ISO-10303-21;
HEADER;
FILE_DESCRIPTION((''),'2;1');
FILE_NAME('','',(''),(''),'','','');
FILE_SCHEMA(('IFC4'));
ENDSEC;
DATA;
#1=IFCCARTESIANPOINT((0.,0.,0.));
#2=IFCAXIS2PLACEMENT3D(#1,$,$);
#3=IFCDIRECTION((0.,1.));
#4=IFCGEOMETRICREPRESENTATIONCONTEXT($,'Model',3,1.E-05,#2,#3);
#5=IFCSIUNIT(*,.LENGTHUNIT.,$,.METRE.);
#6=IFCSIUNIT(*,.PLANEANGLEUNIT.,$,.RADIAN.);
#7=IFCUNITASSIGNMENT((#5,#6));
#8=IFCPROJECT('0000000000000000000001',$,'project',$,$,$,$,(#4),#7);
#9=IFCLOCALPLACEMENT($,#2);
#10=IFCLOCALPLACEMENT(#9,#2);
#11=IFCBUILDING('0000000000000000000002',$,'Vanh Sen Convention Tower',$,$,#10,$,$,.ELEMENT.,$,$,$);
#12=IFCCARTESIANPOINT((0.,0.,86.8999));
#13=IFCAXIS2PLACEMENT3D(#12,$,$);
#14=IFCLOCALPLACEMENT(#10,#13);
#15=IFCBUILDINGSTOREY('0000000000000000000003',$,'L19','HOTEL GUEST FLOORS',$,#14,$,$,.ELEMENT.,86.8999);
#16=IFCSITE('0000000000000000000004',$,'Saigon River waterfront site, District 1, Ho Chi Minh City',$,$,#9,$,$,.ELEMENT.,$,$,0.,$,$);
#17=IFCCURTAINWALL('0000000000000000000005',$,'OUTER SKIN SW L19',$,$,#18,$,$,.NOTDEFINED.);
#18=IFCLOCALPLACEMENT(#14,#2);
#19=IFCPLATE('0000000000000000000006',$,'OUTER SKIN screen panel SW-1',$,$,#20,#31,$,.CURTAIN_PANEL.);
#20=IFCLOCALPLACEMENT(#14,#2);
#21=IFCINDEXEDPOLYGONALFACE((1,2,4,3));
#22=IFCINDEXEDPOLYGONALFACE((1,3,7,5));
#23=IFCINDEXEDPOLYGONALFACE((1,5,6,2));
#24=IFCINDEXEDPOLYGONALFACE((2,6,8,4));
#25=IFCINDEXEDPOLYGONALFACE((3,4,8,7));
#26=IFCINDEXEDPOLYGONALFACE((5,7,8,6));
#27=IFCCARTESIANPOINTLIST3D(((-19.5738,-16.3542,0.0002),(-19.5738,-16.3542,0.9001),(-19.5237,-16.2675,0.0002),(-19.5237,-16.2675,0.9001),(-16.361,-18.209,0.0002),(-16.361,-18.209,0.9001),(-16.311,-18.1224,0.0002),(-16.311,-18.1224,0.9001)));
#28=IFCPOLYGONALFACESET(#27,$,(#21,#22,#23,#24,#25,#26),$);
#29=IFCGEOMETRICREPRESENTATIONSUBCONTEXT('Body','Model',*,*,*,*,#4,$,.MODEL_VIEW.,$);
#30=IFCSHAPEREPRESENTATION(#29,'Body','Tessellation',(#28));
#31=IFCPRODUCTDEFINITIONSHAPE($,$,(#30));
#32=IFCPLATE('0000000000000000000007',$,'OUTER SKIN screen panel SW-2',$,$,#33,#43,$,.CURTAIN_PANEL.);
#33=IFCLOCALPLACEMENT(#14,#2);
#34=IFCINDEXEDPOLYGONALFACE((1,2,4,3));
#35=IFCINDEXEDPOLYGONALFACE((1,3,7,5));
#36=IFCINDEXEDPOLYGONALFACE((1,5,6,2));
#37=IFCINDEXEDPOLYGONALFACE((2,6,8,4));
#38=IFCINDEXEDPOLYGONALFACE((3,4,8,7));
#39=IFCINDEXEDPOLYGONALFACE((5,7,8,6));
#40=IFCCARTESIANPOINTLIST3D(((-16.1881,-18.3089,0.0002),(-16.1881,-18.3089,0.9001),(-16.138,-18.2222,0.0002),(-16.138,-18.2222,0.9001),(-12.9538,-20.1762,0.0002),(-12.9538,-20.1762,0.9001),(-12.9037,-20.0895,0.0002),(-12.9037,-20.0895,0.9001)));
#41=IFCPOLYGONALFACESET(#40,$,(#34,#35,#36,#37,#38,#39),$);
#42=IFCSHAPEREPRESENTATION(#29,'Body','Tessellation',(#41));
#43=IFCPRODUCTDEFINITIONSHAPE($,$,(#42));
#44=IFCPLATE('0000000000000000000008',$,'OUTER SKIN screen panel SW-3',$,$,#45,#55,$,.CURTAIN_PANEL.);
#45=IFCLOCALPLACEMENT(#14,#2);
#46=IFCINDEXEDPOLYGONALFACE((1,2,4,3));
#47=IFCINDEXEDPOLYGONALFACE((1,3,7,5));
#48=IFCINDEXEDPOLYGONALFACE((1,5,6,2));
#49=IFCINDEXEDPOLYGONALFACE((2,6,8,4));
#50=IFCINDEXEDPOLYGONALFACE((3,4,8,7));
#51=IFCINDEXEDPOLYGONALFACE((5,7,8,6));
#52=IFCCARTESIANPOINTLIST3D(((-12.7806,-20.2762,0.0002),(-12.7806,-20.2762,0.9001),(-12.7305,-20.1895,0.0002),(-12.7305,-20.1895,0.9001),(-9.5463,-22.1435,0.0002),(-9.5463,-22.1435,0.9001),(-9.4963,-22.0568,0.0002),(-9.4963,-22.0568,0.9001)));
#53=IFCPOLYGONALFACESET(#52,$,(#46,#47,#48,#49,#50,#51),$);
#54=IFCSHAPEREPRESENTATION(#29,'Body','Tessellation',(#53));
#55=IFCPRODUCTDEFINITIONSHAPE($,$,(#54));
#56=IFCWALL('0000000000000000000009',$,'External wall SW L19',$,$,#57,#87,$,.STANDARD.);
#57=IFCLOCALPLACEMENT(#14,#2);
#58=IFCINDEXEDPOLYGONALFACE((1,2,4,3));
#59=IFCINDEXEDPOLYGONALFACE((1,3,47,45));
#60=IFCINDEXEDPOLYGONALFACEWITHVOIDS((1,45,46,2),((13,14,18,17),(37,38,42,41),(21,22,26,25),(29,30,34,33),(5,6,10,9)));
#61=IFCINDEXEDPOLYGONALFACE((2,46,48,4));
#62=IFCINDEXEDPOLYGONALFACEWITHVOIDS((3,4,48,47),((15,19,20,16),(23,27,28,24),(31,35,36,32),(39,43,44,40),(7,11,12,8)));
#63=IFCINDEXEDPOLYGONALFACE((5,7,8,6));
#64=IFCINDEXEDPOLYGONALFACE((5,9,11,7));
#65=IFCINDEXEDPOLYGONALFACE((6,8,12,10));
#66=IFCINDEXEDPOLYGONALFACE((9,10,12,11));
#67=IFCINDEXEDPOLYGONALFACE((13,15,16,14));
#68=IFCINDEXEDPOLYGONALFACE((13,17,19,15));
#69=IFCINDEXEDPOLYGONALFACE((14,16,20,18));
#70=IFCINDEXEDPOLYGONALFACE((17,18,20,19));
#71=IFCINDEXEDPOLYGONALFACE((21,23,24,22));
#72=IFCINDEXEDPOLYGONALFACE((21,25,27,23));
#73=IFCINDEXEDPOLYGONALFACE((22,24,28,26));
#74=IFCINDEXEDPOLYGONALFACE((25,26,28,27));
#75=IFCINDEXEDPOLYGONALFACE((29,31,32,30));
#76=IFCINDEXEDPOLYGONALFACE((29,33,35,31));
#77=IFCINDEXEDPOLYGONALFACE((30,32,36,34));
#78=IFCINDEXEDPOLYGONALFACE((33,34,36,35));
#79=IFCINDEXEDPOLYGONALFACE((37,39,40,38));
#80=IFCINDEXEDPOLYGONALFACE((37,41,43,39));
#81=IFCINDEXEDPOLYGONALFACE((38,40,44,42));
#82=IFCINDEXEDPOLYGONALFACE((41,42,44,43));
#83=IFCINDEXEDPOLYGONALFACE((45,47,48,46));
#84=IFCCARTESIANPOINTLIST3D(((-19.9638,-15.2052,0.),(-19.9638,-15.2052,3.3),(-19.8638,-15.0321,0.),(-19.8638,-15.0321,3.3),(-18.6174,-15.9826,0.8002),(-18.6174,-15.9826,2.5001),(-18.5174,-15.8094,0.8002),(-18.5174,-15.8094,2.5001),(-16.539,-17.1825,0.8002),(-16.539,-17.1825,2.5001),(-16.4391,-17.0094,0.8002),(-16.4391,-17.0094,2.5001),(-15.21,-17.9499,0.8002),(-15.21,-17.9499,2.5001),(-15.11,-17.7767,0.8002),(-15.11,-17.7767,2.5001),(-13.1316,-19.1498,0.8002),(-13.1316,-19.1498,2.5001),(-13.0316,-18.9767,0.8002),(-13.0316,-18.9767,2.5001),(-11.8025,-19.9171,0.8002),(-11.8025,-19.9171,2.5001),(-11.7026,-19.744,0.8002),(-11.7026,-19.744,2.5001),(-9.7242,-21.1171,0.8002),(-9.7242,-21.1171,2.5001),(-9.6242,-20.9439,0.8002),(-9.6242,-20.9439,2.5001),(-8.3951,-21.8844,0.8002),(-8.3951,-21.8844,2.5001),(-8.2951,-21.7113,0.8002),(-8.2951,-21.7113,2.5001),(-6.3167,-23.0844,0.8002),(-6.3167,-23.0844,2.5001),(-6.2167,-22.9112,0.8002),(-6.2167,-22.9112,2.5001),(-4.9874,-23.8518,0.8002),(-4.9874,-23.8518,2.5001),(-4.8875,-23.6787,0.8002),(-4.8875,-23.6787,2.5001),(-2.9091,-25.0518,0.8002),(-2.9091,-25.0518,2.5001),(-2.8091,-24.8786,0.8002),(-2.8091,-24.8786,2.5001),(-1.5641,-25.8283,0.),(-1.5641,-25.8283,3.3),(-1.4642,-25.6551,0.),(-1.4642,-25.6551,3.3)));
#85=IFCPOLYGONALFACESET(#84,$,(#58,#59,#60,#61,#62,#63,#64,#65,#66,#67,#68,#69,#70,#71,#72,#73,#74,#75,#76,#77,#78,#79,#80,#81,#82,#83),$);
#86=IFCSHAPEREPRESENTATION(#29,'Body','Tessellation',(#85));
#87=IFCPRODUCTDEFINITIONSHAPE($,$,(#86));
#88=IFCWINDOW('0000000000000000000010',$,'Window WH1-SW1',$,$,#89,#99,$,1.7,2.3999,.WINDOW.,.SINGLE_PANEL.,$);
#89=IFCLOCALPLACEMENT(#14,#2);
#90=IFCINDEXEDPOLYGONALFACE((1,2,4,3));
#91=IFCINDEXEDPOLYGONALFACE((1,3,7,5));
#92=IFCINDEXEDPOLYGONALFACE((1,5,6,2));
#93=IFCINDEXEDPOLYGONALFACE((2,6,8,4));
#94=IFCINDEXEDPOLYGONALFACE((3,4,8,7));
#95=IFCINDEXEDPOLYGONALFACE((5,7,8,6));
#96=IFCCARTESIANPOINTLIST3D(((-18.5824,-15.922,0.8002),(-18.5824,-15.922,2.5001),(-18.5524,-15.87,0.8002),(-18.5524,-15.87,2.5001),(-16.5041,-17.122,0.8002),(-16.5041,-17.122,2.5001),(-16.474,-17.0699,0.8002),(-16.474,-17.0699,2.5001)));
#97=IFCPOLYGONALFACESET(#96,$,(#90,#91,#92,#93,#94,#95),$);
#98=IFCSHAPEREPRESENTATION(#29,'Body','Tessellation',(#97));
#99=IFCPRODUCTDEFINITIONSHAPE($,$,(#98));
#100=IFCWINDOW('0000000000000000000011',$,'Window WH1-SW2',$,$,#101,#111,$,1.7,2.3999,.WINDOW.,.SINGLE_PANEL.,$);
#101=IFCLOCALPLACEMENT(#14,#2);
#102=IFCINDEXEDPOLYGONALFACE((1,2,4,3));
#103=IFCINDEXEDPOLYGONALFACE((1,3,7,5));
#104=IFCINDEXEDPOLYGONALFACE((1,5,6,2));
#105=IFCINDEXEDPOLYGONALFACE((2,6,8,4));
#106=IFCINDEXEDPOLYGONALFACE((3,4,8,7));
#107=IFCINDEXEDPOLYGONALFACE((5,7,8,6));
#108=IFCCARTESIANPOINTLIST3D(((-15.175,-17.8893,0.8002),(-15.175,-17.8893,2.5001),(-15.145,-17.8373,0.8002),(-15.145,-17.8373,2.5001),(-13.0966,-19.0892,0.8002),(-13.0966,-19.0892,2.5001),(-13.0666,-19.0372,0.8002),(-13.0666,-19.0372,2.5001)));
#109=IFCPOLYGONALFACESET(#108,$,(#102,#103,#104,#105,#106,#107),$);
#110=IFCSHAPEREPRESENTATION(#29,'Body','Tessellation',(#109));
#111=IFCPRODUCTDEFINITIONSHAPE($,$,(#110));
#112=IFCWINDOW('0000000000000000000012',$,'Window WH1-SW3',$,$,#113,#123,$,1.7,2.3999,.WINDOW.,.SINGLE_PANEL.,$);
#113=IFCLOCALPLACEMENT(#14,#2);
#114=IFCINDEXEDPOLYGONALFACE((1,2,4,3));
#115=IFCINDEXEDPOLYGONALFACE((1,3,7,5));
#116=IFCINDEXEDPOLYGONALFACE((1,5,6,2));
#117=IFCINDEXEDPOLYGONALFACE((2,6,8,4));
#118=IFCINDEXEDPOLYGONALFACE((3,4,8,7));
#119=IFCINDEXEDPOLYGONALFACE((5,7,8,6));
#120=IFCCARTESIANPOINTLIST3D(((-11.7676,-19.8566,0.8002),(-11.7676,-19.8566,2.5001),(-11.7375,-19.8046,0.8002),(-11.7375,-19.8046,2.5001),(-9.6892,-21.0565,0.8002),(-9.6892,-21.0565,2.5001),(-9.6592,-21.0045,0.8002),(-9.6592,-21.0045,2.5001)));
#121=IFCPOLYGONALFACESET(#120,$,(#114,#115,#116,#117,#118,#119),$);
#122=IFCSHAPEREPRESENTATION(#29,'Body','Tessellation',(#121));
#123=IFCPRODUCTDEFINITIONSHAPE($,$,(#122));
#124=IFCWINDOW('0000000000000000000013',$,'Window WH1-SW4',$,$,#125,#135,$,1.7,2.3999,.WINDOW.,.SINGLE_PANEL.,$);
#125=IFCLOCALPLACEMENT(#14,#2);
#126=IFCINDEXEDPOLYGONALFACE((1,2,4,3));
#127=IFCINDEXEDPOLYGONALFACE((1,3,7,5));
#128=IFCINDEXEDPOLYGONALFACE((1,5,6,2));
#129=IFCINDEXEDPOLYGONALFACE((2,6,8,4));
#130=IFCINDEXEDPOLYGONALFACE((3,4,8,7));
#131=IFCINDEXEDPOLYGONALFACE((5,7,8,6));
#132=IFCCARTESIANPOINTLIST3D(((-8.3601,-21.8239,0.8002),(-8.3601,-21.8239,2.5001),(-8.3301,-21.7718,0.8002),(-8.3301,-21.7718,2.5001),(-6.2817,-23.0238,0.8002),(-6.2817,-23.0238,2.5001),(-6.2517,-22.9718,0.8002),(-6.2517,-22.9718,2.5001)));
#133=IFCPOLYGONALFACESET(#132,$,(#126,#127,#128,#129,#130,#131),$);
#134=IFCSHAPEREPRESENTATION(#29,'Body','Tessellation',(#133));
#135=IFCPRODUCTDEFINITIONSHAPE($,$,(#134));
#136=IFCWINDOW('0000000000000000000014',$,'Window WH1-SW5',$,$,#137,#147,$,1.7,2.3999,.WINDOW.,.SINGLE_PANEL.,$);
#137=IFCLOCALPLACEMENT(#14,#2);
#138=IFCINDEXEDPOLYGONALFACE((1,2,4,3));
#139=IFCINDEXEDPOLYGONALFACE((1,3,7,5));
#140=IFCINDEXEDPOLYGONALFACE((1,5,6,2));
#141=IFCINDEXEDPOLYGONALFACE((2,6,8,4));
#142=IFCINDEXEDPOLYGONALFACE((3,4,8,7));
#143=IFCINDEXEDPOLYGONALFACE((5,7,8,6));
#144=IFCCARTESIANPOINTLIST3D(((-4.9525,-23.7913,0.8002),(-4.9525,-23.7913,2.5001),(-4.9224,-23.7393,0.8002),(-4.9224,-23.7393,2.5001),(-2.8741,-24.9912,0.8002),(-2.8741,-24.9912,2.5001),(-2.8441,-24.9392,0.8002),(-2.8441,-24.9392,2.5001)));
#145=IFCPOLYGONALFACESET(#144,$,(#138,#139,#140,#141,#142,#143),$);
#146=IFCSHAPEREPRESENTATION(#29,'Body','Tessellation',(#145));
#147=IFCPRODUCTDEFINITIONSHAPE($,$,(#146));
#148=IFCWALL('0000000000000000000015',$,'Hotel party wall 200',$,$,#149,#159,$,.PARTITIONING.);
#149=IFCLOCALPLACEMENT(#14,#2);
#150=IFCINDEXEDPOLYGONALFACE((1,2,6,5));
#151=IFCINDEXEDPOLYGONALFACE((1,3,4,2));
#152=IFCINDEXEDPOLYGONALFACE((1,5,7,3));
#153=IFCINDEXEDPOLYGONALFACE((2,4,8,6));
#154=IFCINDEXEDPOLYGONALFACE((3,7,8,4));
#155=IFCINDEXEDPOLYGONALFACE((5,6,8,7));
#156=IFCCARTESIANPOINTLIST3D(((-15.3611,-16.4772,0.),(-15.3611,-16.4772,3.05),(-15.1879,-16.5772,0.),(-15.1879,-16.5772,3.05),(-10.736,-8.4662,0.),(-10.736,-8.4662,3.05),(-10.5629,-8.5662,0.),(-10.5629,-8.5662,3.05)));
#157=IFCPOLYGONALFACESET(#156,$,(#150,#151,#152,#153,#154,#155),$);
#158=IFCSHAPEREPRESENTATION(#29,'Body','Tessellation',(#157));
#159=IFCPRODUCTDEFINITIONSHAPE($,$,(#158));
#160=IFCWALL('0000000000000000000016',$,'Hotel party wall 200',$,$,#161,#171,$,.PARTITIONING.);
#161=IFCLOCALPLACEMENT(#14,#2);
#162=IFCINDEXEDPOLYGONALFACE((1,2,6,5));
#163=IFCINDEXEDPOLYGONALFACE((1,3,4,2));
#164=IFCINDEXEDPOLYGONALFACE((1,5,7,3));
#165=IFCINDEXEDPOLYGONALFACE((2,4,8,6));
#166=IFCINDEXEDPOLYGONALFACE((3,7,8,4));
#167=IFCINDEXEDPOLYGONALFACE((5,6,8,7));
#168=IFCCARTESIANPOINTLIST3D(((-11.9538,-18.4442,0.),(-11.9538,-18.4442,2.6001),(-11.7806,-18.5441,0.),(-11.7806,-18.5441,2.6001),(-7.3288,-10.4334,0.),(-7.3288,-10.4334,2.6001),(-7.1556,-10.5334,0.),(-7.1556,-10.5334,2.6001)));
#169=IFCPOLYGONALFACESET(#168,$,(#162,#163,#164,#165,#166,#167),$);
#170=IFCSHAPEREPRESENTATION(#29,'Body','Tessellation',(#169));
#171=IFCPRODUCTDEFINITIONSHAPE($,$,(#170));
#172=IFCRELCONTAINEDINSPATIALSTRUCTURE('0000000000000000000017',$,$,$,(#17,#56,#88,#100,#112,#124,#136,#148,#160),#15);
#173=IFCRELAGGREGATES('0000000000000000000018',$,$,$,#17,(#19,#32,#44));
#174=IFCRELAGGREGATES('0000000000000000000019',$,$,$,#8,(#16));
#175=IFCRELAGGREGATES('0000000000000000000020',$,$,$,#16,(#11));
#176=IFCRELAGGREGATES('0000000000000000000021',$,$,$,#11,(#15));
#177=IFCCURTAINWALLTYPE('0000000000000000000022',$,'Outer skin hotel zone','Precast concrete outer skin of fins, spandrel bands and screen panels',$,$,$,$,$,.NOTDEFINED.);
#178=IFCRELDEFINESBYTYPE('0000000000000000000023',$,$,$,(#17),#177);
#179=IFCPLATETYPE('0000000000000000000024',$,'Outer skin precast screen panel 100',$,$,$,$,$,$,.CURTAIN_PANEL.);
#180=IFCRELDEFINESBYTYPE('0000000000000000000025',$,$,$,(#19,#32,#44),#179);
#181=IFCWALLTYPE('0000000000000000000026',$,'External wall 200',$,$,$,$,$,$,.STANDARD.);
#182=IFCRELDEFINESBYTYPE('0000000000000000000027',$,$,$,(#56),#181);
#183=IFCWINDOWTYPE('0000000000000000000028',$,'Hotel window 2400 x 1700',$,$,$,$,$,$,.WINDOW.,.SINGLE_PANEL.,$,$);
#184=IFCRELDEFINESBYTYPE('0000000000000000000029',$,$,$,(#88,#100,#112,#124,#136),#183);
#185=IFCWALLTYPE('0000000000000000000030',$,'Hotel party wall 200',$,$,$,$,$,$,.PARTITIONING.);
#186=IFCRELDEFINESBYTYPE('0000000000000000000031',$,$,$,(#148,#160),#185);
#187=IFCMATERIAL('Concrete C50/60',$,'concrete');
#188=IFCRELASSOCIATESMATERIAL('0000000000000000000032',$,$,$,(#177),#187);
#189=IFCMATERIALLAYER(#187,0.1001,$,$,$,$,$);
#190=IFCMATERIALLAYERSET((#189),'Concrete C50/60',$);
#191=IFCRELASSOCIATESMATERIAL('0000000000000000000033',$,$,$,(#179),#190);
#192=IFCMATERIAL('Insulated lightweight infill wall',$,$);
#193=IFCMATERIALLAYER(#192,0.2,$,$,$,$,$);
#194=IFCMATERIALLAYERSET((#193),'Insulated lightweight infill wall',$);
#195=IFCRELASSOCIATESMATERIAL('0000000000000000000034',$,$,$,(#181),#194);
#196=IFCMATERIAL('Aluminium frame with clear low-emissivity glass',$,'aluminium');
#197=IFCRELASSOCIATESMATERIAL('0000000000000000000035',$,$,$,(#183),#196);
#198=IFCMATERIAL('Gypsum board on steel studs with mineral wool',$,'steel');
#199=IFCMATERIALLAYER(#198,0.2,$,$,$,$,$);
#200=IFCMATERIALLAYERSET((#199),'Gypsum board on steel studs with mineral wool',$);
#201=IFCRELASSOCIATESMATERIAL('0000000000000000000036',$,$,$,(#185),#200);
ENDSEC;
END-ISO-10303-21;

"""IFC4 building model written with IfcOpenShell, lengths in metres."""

from ifc_helpers import new_model, si_unit, direction, frame, frame_2d, origin, origin_2d, place, context, subcontext, project, spatial, rectangle, extrude, material, layer, layer_set, type_object, element, fill, aggregate, save


model = new_model("IFC4")

# Units and contexts
model_context = context("Model", 3, precision=1e-05, world=origin(), true_north=direction((0.0, 1.0)))
body_context = subcontext(model_context, "Body", "Model", "MODEL_VIEW")
ifc_project = project(units=[si_unit("LENGTHUNIT", "METRE"), si_unit("PLANEANGLEUNIT", "RADIAN")], contexts=[model_context])

# Site, building, storey
site_placement = place(None, origin())
site = spatial("IfcSite", under=ifc_project, at=site_placement, Name="Saigon River waterfront site, District 1, Ho Chi Minh City", CompositionType="ELEMENT", RefElevation=0.0)
building_placement = place(site_placement, origin())
building = spatial("IfcBuilding", under=site, at=building_placement, Name="Vanh Sen Convention Tower", CompositionType="ELEMENT")
storey_placement = place(building_placement, frame((0.0, 0.0, 86.8999)))
storey = spatial("IfcBuildingStorey", under=building, at=storey_placement, Name="L19", Description="HOTEL GUEST FLOORS", CompositionType="ELEMENT", Elevation=86.8999)

# Curtain wall
ifc_material_1 = material(Name="Concrete C50/60", Category="concrete")
curtain_wall_type = type_object("IfcCurtainWallType", Name="Outer skin hotel zone", Description="Precast concrete outer skin of fins, spandrel bands and screen panels", PredefinedType="NOTDEFINED", material=ifc_material_1)
curtain_wall_1_placement = place(storey_placement, origin())
curtain_wall_1 = element("IfcCurtainWall", 1, at=curtain_wall_1_placement, inside=storey, type_object=curtain_wall_type, Name="OUTER SKIN SW L19", PredefinedType="NOTDEFINED")

# Shared definitions
ifc_layer_1 = layer(ifc_material_1, 0.1001)
ifc_layer_set_1 = layer_set([ifc_layer_1], Name="Concrete C50/60")
plate_type = type_object("IfcPlateType", Name="Outer skin precast screen panel 100", PredefinedType="CURTAIN_PANEL", material=ifc_layer_set_1)

# Plates
plate_1_placement = place(storey_placement, frame((-17.9424, -17.2383, 0.0002), z_axis=(0.0, 0.0, 1.0), x_axis=(0.866028, -0.499995, 0.0)))
plate_1 = element("IfcPlate", 2, at=plate_1_placement, type_object=plate_type, Name="OUTER SKIN screen panel SW-1", PredefinedType="CURTAIN_PANEL", context=body_context, shape_type="SweptSolid", body=[
    extrude(rectangle(XDim=3.7097, YDim=0.1001, at=origin_2d()), origin(), (0.0, 0.0, 1.0), 0.8999),
])
plate_2_placement = place(storey_placement, frame((-14.5459, -19.1992, 0.0002), z_axis=(0.0, 0.0, 1.0), x_axis=(0.866032, -0.499988, 0.0)))
plate_2 = element("IfcPlate", 3, at=plate_2_placement, type_object=plate_type, Name="OUTER SKIN screen panel SW-2", PredefinedType="CURTAIN_PANEL", context=body_context, shape_type="SweptSolid", body=[
    extrude(rectangle(XDim=3.7346, YDim=0.1001, at=origin_2d()), origin(), (0.0, 0.0, 1.0), 0.8999),
])
plate_3_placement = place(storey_placement, frame((-11.1384, -21.1665, 0.0002), z_axis=(0.0, 0.0, 1.0), x_axis=(0.866028, -0.499995, 0.0)))
plate_3 = element("IfcPlate", 4, at=plate_3_placement, type_object=plate_type, Name="OUTER SKIN screen panel SW-3", PredefinedType="CURTAIN_PANEL", context=body_context, shape_type="SweptSolid", body=[
    extrude(rectangle(XDim=3.7346, YDim=0.1001, at=origin_2d()), origin(), (0.0, 0.0, 1.0), 0.8999),
])
aggregate(curtain_wall_1, [plate_1, plate_2, plate_3])

# Wall, openings, windows
ifc_material_2 = material(Name="Insulated lightweight infill wall")
ifc_layer_2 = layer(ifc_material_2, 0.2)
ifc_layer_set_2 = layer_set([ifc_layer_2], Name="Insulated lightweight infill wall")
wall_type_1 = type_object("IfcWallType", Name="External wall 200", PredefinedType="STANDARD", material=ifc_layer_set_2)
wall_1_placement = place(storey_placement, frame((-19.9138, -15.1187, 0.0), z_axis=(0.0, 0.0, 1.0), x_axis=(0.866025, -0.5, 0.0)))
wall_1 = element("IfcWall", 5, at=wall_1_placement, inside=storey, type_object=wall_type_1, Name="External wall SW L19", PredefinedType="STANDARD", context=body_context, shape_type="SweptSolid", body=[
    extrude(rectangle(XDim=21.2461, YDim=0.2, at=frame_2d((10.623, 0.0))), origin(), (0.0, 0.0, 1.0), 3.3),
])
opening_1_placement = place(wall_1_placement, frame((1.5547, 0.0, 0.8)))
opening_1 = element("IfcOpeningElement", 6, at=opening_1_placement, cuts=wall_1, PredefinedType="OPENING", context=body_context, shape_type="SweptSolid", body=[
    extrude(rectangle(XDim=2.3999, YDim=1.7, at=frame_2d((1.2, 0.8501))), frame((0.0, 0.1099, 0.0), z_axis=(0.0, -1.0, 0.0), x_axis=(1.0, 0.0, 0.0)), (0.0, 0.0, 1.0), 0.22),
])
opening_2_placement = place(wall_1_placement, frame((5.4893, 0.0, 0.8)))
opening_2 = element("IfcOpeningElement", 7, at=opening_2_placement, cuts=wall_1, PredefinedType="OPENING", context=body_context, shape_type="SweptSolid", body=[
    extrude(rectangle(XDim=2.3999, YDim=1.7, at=frame_2d((1.2, 0.8501))), frame((0.0, 0.1099, 0.0), z_axis=(0.0, -1.0, 0.0), x_axis=(1.0, 0.0, 0.0)), (0.0, 0.0, 1.0), 0.22),
])
opening_3_placement = place(wall_1_placement, frame((9.4238, 0.0, 0.8)))
opening_3 = element("IfcOpeningElement", 8, at=opening_3_placement, cuts=wall_1, PredefinedType="OPENING", context=body_context, shape_type="SweptSolid", body=[
    extrude(rectangle(XDim=2.3999, YDim=1.7, at=frame_2d((1.2, 0.8501))), frame((0.0, 0.1099, 0.0), z_axis=(0.0, -1.0, 0.0), x_axis=(1.0, 0.0, 0.0)), (0.0, 0.0, 1.0), 0.22),
])
opening_4_placement = place(wall_1_placement, frame((13.3584, 0.0, 0.8)))
opening_4 = element("IfcOpeningElement", 9, at=opening_4_placement, cuts=wall_1, PredefinedType="OPENING", context=body_context, shape_type="SweptSolid", body=[
    extrude(rectangle(XDim=2.3999, YDim=1.7, at=frame_2d((1.2, 0.8501))), frame((0.0, 0.1099, 0.0), z_axis=(0.0, -1.0, 0.0), x_axis=(1.0, 0.0, 0.0)), (0.0, 0.0, 1.0), 0.22),
])
opening_5_placement = place(wall_1_placement, frame((17.2932, 0.0, 0.8)))
opening_5 = element("IfcOpeningElement", 10, at=opening_5_placement, cuts=wall_1, PredefinedType="OPENING", context=body_context, shape_type="SweptSolid", body=[
    extrude(rectangle(XDim=2.3999, YDim=1.7, at=frame_2d((1.2, 0.8501))), frame((0.0, 0.1099, 0.0), z_axis=(0.0, -1.0, 0.0), x_axis=(1.0, 0.0, 0.0)), (0.0, 0.0, 1.0), 0.22),
])
ifc_material_3 = material(Name="Aluminium frame with clear low-emissivity glass", Category="aluminium")
window_type = type_object("IfcWindowType", Name="Hotel window 2400 x 1700", PartitioningType="SINGLE_PANEL", PredefinedType="WINDOW", material=ifc_material_3)
window_1_placement = place(opening_1_placement, origin())
window_1 = element("IfcWindow", 11, at=window_1_placement, inside=storey, type_object=window_type, Name="Window WH1-SW1", OverallHeight=1.7, OverallWidth=2.3999, PartitioningType="SINGLE_PANEL", PredefinedType="WINDOW", context=body_context, shape_type="SweptSolid", body=[
    extrude(rectangle(XDim=2.3999, YDim=1.7, at=frame_2d((1.2, 0.8501))), frame((0.0, 0.03, 0.0), z_axis=(0.0, -1.0, 0.0), x_axis=(1.0, 0.0, 0.0)), (0.0, 0.0, 1.0), 0.0601),
])
fill(opening_1, window_1)
window_2_placement = place(opening_2_placement, origin())
window_2 = element("IfcWindow", 12, at=window_2_placement, inside=storey, type_object=window_type, Name="Window WH1-SW2", OverallHeight=1.7, OverallWidth=2.3999, PartitioningType="SINGLE_PANEL", PredefinedType="WINDOW", context=body_context, shape_type="SweptSolid", body=[
    extrude(rectangle(XDim=2.3999, YDim=1.7, at=frame_2d((1.2, 0.8501))), frame((0.0, 0.03, 0.0), z_axis=(0.0, -1.0, 0.0), x_axis=(1.0, 0.0, 0.0)), (0.0, 0.0, 1.0), 0.0601),
])
fill(opening_2, window_2)
window_3_placement = place(opening_3_placement, origin())
window_3 = element("IfcWindow", 13, at=window_3_placement, inside=storey, type_object=window_type, Name="Window WH1-SW3", OverallHeight=1.7, OverallWidth=2.3999, PartitioningType="SINGLE_PANEL", PredefinedType="WINDOW", context=body_context, shape_type="SweptSolid", body=[
    extrude(rectangle(XDim=2.3999, YDim=1.7, at=frame_2d((1.2, 0.8501))), frame((0.0, 0.03, 0.0), z_axis=(0.0, -1.0, 0.0), x_axis=(1.0, 0.0, 0.0)), (0.0, 0.0, 1.0), 0.0601),
])
fill(opening_3, window_3)
window_4_placement = place(opening_4_placement, origin())
window_4 = element("IfcWindow", 14, at=window_4_placement, inside=storey, type_object=window_type, Name="Window WH1-SW4", OverallHeight=1.7, OverallWidth=2.3999, PartitioningType="SINGLE_PANEL", PredefinedType="WINDOW", context=body_context, shape_type="SweptSolid", body=[
    extrude(rectangle(XDim=2.3999, YDim=1.7, at=frame_2d((1.2, 0.8501))), frame((0.0, 0.03, 0.0), z_axis=(0.0, -1.0, 0.0), x_axis=(1.0, 0.0, 0.0)), (0.0, 0.0, 1.0), 0.0601),
])
fill(opening_4, window_4)
window_5_placement = place(opening_5_placement, origin())
window_5 = element("IfcWindow", 15, at=window_5_placement, inside=storey, type_object=window_type, Name="Window WH1-SW5", OverallHeight=1.7, OverallWidth=2.3999, PartitioningType="SINGLE_PANEL", PredefinedType="WINDOW", context=body_context, shape_type="SweptSolid", body=[
    extrude(rectangle(XDim=2.3999, YDim=1.7, at=frame_2d((1.2, 0.8501))), frame((0.0, 0.03, 0.0), z_axis=(0.0, -1.0, 0.0), x_axis=(1.0, 0.0, 0.0)), (0.0, 0.0, 1.0), 0.0601),
])
fill(opening_5, window_5)

# Walls
ifc_material_4 = material(Name="Gypsum board on steel studs with mineral wool", Category="steel")
ifc_layer_3 = layer(ifc_material_4, 0.2)
ifc_layer_set_3 = layer_set([ifc_layer_3], Name="Gypsum board on steel studs with mineral wool")
wall_type_2 = type_object("IfcWallType", Name="Hotel party wall 200", PredefinedType="PARTITIONING", material=ifc_layer_set_3)
wall_2_placement = place(storey_placement, frame((-15.2744, -16.5271, 0.0), z_axis=(0.0, 0.0, 1.0), x_axis=(0.499988, 0.866032, 0.0)))
element("IfcWall", 16, at=wall_2_placement, inside=storey, type_object=wall_type_2, Name="Hotel party wall 200", PredefinedType="PARTITIONING", context=body_context, shape_type="SweptSolid", body=[
    extrude(rectangle(XDim=9.2502, YDim=0.2, at=frame_2d((4.625, 0.0))), origin(), (0.0, 0.0, 1.0), 3.05),
])
wall_3_placement = place(storey_placement, frame((-11.8672, -18.4941, 0.0), z_axis=(0.0, 0.0, 1.0), x_axis=(0.5, 0.866026, 0.0)))
element("IfcWall", 17, at=wall_3_placement, inside=storey, type_object=wall_type_2, Name="Hotel party wall 200", PredefinedType="PARTITIONING", context=body_context, shape_type="SweptSolid", body=[
    extrude(rectangle(XDim=9.25, YDim=0.2, at=frame_2d((4.625, 0.0))), origin(), (0.0, 0.0, 1.0), 2.6001),
])

save(model, "model.ifc")
